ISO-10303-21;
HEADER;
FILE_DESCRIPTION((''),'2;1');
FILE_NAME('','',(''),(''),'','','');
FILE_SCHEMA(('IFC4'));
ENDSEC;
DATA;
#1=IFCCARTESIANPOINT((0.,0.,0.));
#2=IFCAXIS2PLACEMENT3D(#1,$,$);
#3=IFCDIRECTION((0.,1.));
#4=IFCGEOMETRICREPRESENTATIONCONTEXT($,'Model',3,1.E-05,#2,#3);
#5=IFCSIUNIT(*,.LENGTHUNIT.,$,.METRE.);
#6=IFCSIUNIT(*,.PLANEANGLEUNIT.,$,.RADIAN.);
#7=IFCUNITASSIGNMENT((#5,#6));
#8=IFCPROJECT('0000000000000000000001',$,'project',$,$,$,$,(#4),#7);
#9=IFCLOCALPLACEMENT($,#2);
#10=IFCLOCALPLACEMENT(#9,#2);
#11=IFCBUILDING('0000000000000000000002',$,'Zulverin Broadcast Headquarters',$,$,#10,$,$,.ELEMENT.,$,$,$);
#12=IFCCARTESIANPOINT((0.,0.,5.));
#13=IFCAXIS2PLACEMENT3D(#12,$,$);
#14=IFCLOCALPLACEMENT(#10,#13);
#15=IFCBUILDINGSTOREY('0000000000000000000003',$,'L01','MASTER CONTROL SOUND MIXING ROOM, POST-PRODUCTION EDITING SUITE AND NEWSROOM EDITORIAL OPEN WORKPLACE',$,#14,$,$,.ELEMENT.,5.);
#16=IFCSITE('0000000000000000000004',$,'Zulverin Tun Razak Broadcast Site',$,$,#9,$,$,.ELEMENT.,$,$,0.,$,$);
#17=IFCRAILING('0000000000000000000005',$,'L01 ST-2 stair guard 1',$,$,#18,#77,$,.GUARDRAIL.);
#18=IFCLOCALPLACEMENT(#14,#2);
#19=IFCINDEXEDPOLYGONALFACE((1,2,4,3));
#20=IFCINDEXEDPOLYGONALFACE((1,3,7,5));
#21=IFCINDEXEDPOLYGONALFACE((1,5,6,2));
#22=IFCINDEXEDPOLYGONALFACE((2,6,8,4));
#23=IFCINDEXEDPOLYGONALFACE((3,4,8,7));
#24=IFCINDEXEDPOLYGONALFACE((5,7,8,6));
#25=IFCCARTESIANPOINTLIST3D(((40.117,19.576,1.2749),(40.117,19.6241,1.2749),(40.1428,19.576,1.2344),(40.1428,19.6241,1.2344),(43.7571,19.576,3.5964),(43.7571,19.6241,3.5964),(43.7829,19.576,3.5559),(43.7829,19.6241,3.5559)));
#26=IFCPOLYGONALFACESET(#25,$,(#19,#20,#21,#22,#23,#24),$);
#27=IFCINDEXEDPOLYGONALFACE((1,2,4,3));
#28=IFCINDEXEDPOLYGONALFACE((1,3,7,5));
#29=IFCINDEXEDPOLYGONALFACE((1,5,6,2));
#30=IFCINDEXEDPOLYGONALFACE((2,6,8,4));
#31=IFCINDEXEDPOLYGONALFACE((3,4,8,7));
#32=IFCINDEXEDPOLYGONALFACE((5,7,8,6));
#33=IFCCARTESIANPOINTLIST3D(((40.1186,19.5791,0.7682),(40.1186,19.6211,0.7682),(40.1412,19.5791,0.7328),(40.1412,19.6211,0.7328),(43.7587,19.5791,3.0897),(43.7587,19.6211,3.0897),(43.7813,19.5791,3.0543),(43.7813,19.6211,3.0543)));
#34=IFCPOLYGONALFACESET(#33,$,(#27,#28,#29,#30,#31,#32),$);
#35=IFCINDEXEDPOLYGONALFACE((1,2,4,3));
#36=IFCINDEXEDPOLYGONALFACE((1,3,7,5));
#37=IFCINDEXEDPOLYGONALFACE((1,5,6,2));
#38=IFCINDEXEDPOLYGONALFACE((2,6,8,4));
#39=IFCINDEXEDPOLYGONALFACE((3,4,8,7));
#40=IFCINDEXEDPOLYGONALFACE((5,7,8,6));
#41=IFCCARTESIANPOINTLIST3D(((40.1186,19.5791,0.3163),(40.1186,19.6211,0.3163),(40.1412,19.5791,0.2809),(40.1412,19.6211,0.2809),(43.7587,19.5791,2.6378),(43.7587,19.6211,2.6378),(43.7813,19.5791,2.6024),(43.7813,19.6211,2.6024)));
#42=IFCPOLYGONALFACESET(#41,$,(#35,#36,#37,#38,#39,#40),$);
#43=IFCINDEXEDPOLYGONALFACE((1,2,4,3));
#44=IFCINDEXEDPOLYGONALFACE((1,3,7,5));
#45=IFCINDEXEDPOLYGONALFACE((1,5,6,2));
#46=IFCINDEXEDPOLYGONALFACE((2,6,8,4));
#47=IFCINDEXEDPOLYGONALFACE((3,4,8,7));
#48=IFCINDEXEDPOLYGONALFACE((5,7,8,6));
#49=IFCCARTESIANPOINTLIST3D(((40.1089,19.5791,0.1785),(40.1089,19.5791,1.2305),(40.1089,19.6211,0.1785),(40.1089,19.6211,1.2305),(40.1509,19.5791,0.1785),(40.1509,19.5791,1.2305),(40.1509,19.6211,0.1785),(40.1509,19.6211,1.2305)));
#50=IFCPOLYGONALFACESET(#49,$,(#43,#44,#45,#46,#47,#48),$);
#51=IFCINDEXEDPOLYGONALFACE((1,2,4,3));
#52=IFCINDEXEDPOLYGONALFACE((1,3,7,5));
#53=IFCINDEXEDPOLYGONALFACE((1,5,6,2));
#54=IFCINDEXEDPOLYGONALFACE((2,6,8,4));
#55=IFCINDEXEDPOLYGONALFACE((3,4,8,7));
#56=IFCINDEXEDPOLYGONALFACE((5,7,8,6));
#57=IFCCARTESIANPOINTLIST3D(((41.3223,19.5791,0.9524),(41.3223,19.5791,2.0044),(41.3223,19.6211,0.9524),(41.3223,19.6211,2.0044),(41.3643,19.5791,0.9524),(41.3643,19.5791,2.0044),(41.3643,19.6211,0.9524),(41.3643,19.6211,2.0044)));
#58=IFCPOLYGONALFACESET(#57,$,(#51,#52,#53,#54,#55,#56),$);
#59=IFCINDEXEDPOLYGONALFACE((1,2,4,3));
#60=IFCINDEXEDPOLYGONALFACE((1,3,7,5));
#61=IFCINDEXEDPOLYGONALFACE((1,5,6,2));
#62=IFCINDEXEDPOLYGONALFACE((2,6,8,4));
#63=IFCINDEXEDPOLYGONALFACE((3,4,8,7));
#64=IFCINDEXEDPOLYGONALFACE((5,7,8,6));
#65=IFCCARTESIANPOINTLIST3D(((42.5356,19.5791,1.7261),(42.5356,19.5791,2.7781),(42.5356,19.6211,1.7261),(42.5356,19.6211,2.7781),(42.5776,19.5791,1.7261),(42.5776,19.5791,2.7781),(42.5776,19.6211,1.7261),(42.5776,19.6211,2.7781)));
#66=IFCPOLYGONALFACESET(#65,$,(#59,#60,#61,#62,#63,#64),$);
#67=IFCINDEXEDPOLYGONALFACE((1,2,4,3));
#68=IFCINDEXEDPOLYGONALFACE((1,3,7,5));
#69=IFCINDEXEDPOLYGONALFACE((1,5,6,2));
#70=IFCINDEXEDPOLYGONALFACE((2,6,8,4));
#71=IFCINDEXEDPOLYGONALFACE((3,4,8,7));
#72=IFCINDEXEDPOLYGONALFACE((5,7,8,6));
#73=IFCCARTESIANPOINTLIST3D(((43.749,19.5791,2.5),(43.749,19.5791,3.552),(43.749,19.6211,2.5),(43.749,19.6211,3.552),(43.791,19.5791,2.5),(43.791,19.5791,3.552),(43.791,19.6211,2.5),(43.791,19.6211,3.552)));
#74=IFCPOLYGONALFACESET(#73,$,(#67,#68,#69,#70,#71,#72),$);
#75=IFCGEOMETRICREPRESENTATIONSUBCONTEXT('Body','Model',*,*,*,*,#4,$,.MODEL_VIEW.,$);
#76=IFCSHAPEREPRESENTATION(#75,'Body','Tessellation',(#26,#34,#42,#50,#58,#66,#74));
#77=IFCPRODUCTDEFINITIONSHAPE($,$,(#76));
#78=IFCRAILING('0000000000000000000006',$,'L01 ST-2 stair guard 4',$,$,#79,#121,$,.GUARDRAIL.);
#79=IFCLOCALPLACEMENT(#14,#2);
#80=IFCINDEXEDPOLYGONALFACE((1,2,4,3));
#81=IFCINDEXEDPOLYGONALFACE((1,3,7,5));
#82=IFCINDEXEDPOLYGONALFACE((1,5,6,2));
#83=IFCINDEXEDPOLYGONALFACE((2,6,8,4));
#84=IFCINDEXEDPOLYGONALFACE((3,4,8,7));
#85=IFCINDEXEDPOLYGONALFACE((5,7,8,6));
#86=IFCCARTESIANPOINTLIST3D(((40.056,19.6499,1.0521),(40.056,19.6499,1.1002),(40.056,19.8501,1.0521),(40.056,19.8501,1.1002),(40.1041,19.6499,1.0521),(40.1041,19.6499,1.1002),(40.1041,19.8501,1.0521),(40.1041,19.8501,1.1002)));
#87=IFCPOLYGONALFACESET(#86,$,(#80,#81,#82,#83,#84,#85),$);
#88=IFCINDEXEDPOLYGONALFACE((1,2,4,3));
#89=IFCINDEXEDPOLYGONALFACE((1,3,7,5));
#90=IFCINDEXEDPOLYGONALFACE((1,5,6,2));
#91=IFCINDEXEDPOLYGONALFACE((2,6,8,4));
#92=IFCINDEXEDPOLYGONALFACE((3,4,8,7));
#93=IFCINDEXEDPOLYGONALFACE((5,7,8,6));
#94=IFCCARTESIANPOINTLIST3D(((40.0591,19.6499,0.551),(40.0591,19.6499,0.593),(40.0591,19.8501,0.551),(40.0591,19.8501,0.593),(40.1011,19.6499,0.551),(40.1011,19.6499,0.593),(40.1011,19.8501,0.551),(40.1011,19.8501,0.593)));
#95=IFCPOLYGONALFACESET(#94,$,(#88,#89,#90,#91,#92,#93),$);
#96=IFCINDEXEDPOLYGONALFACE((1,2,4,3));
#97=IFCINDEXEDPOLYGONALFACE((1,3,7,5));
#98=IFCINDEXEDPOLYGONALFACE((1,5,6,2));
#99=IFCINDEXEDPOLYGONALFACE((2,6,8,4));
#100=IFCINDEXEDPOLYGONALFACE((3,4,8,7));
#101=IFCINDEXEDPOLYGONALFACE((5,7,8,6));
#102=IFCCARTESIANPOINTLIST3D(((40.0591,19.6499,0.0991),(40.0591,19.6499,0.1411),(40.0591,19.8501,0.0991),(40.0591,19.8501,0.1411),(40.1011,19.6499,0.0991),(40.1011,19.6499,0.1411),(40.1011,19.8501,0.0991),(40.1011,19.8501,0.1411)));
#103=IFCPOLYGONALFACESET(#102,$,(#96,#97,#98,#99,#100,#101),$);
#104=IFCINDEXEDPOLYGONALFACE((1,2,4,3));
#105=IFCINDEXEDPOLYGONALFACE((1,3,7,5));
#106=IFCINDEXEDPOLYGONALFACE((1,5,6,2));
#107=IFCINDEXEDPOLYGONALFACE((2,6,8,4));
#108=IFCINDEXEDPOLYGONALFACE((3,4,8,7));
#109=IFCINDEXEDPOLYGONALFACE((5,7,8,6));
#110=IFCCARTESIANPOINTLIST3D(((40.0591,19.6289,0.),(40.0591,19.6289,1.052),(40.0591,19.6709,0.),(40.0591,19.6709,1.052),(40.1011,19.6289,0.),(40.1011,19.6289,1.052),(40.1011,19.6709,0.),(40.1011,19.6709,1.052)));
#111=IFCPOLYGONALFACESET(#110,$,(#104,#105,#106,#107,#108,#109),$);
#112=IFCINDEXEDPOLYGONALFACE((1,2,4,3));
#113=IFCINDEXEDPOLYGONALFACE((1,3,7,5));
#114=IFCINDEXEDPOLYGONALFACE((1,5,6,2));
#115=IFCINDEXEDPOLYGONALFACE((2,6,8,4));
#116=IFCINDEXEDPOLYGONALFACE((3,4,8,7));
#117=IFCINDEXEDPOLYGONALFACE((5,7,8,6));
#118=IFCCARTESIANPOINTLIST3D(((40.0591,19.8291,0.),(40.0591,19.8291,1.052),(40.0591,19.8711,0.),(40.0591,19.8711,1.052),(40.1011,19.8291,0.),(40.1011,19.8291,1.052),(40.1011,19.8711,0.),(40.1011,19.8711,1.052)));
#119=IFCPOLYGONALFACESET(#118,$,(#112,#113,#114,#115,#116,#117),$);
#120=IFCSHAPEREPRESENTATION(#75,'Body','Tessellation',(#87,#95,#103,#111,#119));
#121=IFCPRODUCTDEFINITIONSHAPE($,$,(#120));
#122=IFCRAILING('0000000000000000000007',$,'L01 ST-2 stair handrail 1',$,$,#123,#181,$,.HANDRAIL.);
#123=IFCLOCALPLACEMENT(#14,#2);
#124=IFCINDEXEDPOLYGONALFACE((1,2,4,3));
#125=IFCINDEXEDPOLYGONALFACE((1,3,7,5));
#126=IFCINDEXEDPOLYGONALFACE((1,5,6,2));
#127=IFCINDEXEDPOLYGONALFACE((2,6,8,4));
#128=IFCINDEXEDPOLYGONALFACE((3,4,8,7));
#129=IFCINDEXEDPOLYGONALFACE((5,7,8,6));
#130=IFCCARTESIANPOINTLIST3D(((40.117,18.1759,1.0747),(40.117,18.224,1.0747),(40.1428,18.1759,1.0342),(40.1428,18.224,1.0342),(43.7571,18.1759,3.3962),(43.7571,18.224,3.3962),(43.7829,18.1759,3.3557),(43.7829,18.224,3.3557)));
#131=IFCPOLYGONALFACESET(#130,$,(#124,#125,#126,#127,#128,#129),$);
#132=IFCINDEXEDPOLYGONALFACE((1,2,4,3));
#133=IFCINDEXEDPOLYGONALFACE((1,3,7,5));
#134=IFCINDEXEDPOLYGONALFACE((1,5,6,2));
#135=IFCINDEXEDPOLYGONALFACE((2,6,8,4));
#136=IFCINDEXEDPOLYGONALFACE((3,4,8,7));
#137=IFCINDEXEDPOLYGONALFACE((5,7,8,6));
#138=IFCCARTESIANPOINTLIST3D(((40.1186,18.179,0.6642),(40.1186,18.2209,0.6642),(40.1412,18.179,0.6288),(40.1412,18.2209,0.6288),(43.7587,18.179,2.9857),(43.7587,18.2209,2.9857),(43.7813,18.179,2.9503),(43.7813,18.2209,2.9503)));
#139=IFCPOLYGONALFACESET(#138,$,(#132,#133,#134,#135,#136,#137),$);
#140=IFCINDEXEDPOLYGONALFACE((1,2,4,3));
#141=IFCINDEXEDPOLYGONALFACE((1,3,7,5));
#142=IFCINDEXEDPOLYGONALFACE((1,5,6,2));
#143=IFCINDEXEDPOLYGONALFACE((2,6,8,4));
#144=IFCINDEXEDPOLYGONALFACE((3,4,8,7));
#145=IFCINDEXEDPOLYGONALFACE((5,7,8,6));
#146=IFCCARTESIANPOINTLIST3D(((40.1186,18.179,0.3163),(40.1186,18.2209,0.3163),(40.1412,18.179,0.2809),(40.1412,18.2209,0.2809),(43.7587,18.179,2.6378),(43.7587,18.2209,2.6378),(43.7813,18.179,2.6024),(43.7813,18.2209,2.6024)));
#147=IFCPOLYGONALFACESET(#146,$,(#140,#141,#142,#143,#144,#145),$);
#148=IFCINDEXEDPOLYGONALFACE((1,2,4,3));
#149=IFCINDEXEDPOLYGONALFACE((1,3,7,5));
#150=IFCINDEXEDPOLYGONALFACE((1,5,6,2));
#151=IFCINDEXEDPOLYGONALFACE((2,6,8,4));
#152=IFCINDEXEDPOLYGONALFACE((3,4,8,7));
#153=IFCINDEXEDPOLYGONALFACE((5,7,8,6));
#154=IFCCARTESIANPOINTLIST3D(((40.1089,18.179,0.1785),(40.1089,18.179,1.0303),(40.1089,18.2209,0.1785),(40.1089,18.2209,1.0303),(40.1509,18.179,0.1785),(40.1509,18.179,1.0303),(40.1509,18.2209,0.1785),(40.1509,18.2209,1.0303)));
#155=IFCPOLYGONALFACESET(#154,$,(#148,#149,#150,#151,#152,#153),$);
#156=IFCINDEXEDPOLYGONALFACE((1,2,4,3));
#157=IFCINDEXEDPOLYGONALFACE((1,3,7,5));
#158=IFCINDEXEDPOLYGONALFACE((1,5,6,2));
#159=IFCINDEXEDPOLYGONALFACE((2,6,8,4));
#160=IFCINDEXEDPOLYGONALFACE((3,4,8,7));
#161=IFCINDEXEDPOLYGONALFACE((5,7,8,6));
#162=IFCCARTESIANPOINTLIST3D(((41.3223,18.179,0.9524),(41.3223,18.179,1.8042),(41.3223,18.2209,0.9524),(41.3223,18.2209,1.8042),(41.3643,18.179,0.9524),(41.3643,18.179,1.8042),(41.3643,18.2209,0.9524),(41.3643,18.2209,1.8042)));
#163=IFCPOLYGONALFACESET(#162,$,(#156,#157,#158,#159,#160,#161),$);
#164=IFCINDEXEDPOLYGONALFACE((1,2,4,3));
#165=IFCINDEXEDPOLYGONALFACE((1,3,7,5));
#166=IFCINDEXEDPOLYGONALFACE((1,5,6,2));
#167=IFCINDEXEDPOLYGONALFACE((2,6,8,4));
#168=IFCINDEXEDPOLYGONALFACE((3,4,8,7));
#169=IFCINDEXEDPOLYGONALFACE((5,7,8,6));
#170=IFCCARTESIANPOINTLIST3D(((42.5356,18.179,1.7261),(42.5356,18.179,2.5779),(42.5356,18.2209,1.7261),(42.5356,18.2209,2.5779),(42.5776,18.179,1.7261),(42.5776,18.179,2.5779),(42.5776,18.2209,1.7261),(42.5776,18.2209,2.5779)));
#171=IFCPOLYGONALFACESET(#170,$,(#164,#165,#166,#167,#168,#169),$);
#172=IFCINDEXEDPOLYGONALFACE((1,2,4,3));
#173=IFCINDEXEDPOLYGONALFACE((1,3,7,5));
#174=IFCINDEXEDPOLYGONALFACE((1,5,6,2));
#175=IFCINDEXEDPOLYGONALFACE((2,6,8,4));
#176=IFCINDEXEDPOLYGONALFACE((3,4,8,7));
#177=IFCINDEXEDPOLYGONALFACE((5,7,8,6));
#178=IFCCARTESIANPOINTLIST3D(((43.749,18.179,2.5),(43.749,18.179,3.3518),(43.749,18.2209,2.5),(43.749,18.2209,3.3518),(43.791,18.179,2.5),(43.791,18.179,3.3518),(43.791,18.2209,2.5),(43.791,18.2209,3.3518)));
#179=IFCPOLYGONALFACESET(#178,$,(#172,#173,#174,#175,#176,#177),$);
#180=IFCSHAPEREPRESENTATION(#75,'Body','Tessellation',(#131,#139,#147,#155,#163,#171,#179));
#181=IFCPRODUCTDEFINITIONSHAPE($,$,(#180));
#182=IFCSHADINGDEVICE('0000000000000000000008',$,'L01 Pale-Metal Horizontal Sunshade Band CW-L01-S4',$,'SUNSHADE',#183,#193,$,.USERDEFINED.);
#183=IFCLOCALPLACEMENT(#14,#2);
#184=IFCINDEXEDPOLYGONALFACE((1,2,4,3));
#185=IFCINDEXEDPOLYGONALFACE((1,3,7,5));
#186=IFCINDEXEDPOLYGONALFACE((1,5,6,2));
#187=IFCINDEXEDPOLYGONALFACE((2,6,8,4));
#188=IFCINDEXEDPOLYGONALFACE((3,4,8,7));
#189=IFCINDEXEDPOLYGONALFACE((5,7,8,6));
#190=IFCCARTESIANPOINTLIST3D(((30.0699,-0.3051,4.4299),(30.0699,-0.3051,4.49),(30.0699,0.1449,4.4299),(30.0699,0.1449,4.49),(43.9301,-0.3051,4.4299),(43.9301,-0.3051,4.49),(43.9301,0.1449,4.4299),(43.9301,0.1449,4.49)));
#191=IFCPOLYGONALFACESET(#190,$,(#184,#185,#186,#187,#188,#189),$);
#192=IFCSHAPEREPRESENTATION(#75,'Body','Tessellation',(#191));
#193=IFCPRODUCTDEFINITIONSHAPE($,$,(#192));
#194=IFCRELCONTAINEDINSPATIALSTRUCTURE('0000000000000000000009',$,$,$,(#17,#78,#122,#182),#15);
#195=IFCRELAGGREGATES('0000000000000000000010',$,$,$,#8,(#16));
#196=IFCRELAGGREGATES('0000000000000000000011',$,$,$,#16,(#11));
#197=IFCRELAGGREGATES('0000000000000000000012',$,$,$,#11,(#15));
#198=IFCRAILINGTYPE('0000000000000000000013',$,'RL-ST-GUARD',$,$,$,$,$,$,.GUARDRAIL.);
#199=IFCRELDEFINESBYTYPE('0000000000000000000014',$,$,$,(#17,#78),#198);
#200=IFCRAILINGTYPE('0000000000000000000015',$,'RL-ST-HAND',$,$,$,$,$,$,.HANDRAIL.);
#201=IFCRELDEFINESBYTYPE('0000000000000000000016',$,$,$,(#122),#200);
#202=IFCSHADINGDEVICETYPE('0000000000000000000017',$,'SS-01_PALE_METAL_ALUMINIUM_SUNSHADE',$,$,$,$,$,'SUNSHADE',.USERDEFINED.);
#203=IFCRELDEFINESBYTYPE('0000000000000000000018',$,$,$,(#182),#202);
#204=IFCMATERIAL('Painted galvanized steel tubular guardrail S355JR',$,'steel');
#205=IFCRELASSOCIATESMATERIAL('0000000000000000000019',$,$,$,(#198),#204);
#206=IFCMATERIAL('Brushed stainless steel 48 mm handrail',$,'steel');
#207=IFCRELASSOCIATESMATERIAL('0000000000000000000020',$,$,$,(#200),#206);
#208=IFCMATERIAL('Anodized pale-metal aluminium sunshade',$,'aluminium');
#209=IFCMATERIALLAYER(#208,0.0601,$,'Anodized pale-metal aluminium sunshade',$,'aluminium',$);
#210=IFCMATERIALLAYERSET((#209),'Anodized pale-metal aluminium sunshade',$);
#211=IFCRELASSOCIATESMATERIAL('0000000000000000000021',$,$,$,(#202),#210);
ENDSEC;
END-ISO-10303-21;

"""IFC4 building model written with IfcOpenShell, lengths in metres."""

from ifc_helpers import new_model, si_unit, direction, frame, origin, origin_2d, place, context, subcontext, project, spatial, rectangle, extrude, material, layer, layer_set, type_object, element, save


model = new_model("IFC4")

# Units and contexts
model_context = context("Model", 3, precision=1e-05, world=origin(), true_north=direction((0.0, 1.0)))
body_context = subcontext(model_context, "Body", "Model", "MODEL_VIEW")
ifc_project = project(units=[si_unit("LENGTHUNIT", "METRE"), si_unit("PLANEANGLEUNIT", "RADIAN")], contexts=[model_context])

# Site, building, storey
site_placement = place(None, origin())
site = spatial("IfcSite", under=ifc_project, at=site_placement, Name="Zulverin Tun Razak Broadcast Site", CompositionType="ELEMENT", RefElevation=0.0)
building_placement = place(site_placement, origin())
building = spatial("IfcBuilding", under=site, at=building_placement, Name="Zulverin Broadcast Headquarters", CompositionType="ELEMENT")
storey_placement = place(building_placement, frame((0.0, 0.0, 5.0)))
storey = spatial("IfcBuildingStorey", under=building, at=storey_placement, Name="L01", Description="MASTER CONTROL SOUND MIXING ROOM, POST-PRODUCTION EDITING SUITE AND NEWSROOM EDITORIAL OPEN WORKPLACE", CompositionType="ELEMENT", Elevation=5.0)

# Railings
ifc_material_1 = material(Name="Painted galvanized steel tubular guardrail S355JR", Category="steel")
railing_type_1 = type_object("IfcRailingType", Name="RL-ST-GUARD", PredefinedType="GUARDRAIL", material=ifc_material_1)
railing_1_placement = place(storey_placement, frame((40.1299, 19.6001, 0.1785)))
element("IfcRailing", 1, at=railing_1_placement, inside=storey, type_object=railing_type_1, Name="L01 ST-2 stair guard 1", PredefinedType="GUARDRAIL", context=body_context, shape_type="SweptSolid", body=[
    extrude(rectangle(XDim=0.0481, YDim=0.0481, at=origin_2d()), frame((0.0, 0.0, 1.0762), z_axis=(0.843128, 0.0, 0.537713), x_axis=(0.0, 1.0, 0.0)), (0.0, 0.0, 1.0), 4.3174),
    extrude(rectangle(XDim=0.042, YDim=0.042, at=origin_2d()), frame((0.0, 0.0, 0.572), z_axis=(0.843128, 0.0, 0.537713), x_axis=(0.0, 1.0, 0.0)), (0.0, 0.0, 1.0), 4.3174),
    extrude(rectangle(XDim=0.042, YDim=0.042, at=origin_2d()), frame((0.0, 0.0, 0.1201), z_axis=(0.843128, 0.0, 0.537713), x_axis=(0.0, 1.0, 0.0)), (0.0, 0.0, 1.0), 4.3174),
    extrude(rectangle(XDim=0.042, YDim=0.042, at=origin_2d()), origin(), (0.0, 0.0, 1.0), 1.052),
    extrude(rectangle(XDim=0.042, YDim=0.042, at=origin_2d()), frame((1.2134, 0.0, 0.7739)), (0.0, 0.0, 1.0), 1.052),
    extrude(rectangle(XDim=0.042, YDim=0.042, at=origin_2d()), frame((2.4268, 0.0, 1.5476)), (0.0, 0.0, 1.0), 1.052),
    extrude(rectangle(XDim=0.042, YDim=0.042, at=origin_2d()), frame((3.6401, 0.0, 2.3215)), (0.0, 0.0, 1.0), 1.052),
])
railing_2_placement = place(storey_placement, frame((40.0801, 19.6499, 0.0)))
element("IfcRailing", 2, at=railing_2_placement, inside=storey, type_object=railing_type_1, Name="L01 ST-2 stair guard 4", PredefinedType="GUARDRAIL", context=body_context, shape_type="SweptSolid", body=[
    extrude(rectangle(XDim=0.0481, YDim=0.0481, at=origin_2d()), frame((0.0, 0.0, 1.0762), z_axis=(0.0, 1.0, 0.0), x_axis=(-1.0, 0.0, 0.0)), (0.0, 0.0, 1.0), 0.2002),
    extrude(rectangle(XDim=0.042, YDim=0.042, at=origin_2d()), frame((0.0, 0.0, 0.572), z_axis=(0.0, 1.0, 0.0), x_axis=(-1.0, 0.0, 0.0)), (0.0, 0.0, 1.0), 0.2002),
    extrude(rectangle(XDim=0.042, YDim=0.042, at=origin_2d()), frame((0.0, 0.0, 0.1201), z_axis=(0.0, 1.0, 0.0), x_axis=(-1.0, 0.0, 0.0)), (0.0, 0.0, 1.0), 0.2002),
    extrude(rectangle(XDim=0.042, YDim=0.042, at=origin_2d()), origin(), (0.0, 0.0, 1.0), 1.052),
    extrude(rectangle(XDim=0.042, YDim=0.042, at=origin_2d()), frame((0.0, 0.2002, 0.0)), (0.0, 0.0, 1.0), 1.052),
])
ifc_material_2 = material(Name="Brushed stainless steel 48 mm handrail", Category="steel")
railing_type_2 = type_object("IfcRailingType", Name="RL-ST-HAND", PredefinedType="HANDRAIL", material=ifc_material_2)
railing_3_placement = place(storey_placement, frame((40.1299, 18.2, 0.1785)))
element("IfcRailing", 3, at=railing_3_placement, inside=storey, type_object=railing_type_2, Name="L01 ST-2 stair handrail 1", PredefinedType="HANDRAIL", context=body_context, shape_type="SweptSolid", body=[
    extrude(rectangle(XDim=0.0481, YDim=0.0481, at=origin_2d()), frame((0.0, 0.0, 0.876), z_axis=(0.843128, 0.0, 0.537713), x_axis=(0.0, 1.0, 0.0)), (0.0, 0.0, 1.0), 4.3174),
    extrude(rectangle(XDim=0.042, YDim=0.042, at=origin_2d()), frame((0.0, 0.0, 0.468), z_axis=(0.843128, 0.0, 0.537713), x_axis=(0.0, 1.0, 0.0)), (0.0, 0.0, 1.0), 4.3174),
    extrude(rectangle(XDim=0.042, YDim=0.042, at=origin_2d()), frame((0.0, 0.0, 0.1201), z_axis=(0.843128, 0.0, 0.537713), x_axis=(0.0, 1.0, 0.0)), (0.0, 0.0, 1.0), 4.3174),
    extrude(rectangle(XDim=0.042, YDim=0.042, at=origin_2d()), origin(), (0.0, 0.0, 1.0), 0.8518),
    extrude(rectangle(XDim=0.042, YDim=0.042, at=origin_2d()), frame((1.2134, 0.0, 0.7739)), (0.0, 0.0, 1.0), 0.8518),
    extrude(rectangle(XDim=0.042, YDim=0.042, at=origin_2d()), frame((2.4268, 0.0, 1.5476)), (0.0, 0.0, 1.0), 0.8518),
    extrude(rectangle(XDim=0.042, YDim=0.042, at=origin_2d()), frame((3.6401, 0.0, 2.3215)), (0.0, 0.0, 1.0), 0.8518),
])

# Shading device
ifc_material_3 = material(Name="Anodized pale-metal aluminium sunshade", Category="aluminium")
ifc_layer_1 = layer(ifc_material_3, 0.0601, Name="Anodized pale-metal aluminium sunshade", Category="aluminium")
ifc_layer_set_1 = layer_set([ifc_layer_1], Name="Anodized pale-metal aluminium sunshade")
shading_device_type = type_object("IfcShadingDeviceType", Name="SS-01_PALE_METAL_ALUMINIUM_SUNSHADE", ElementType="SUNSHADE", PredefinedType="USERDEFINED", material=ifc_layer_set_1)
shading_device_placement = place(storey_placement, frame((37.0, -0.0801, 4.4299), z_axis=(0.0, 0.0, 1.0), x_axis=(1.0, 0.0, 0.0)))
element("IfcShadingDevice", 4, at=shading_device_placement, inside=storey, type_object=shading_device_type, Name="L01 Pale-Metal Horizontal Sunshade Band CW-L01-S4", ObjectType="SUNSHADE", PredefinedType="USERDEFINED", context=body_context, shape_type="SweptSolid", body=[
    extrude(rectangle(XDim=13.8601, YDim=0.45, at=origin_2d()), origin(), (0.0, 0.0, 1.0), 0.0601),
])

save(model, "model.ifc")
